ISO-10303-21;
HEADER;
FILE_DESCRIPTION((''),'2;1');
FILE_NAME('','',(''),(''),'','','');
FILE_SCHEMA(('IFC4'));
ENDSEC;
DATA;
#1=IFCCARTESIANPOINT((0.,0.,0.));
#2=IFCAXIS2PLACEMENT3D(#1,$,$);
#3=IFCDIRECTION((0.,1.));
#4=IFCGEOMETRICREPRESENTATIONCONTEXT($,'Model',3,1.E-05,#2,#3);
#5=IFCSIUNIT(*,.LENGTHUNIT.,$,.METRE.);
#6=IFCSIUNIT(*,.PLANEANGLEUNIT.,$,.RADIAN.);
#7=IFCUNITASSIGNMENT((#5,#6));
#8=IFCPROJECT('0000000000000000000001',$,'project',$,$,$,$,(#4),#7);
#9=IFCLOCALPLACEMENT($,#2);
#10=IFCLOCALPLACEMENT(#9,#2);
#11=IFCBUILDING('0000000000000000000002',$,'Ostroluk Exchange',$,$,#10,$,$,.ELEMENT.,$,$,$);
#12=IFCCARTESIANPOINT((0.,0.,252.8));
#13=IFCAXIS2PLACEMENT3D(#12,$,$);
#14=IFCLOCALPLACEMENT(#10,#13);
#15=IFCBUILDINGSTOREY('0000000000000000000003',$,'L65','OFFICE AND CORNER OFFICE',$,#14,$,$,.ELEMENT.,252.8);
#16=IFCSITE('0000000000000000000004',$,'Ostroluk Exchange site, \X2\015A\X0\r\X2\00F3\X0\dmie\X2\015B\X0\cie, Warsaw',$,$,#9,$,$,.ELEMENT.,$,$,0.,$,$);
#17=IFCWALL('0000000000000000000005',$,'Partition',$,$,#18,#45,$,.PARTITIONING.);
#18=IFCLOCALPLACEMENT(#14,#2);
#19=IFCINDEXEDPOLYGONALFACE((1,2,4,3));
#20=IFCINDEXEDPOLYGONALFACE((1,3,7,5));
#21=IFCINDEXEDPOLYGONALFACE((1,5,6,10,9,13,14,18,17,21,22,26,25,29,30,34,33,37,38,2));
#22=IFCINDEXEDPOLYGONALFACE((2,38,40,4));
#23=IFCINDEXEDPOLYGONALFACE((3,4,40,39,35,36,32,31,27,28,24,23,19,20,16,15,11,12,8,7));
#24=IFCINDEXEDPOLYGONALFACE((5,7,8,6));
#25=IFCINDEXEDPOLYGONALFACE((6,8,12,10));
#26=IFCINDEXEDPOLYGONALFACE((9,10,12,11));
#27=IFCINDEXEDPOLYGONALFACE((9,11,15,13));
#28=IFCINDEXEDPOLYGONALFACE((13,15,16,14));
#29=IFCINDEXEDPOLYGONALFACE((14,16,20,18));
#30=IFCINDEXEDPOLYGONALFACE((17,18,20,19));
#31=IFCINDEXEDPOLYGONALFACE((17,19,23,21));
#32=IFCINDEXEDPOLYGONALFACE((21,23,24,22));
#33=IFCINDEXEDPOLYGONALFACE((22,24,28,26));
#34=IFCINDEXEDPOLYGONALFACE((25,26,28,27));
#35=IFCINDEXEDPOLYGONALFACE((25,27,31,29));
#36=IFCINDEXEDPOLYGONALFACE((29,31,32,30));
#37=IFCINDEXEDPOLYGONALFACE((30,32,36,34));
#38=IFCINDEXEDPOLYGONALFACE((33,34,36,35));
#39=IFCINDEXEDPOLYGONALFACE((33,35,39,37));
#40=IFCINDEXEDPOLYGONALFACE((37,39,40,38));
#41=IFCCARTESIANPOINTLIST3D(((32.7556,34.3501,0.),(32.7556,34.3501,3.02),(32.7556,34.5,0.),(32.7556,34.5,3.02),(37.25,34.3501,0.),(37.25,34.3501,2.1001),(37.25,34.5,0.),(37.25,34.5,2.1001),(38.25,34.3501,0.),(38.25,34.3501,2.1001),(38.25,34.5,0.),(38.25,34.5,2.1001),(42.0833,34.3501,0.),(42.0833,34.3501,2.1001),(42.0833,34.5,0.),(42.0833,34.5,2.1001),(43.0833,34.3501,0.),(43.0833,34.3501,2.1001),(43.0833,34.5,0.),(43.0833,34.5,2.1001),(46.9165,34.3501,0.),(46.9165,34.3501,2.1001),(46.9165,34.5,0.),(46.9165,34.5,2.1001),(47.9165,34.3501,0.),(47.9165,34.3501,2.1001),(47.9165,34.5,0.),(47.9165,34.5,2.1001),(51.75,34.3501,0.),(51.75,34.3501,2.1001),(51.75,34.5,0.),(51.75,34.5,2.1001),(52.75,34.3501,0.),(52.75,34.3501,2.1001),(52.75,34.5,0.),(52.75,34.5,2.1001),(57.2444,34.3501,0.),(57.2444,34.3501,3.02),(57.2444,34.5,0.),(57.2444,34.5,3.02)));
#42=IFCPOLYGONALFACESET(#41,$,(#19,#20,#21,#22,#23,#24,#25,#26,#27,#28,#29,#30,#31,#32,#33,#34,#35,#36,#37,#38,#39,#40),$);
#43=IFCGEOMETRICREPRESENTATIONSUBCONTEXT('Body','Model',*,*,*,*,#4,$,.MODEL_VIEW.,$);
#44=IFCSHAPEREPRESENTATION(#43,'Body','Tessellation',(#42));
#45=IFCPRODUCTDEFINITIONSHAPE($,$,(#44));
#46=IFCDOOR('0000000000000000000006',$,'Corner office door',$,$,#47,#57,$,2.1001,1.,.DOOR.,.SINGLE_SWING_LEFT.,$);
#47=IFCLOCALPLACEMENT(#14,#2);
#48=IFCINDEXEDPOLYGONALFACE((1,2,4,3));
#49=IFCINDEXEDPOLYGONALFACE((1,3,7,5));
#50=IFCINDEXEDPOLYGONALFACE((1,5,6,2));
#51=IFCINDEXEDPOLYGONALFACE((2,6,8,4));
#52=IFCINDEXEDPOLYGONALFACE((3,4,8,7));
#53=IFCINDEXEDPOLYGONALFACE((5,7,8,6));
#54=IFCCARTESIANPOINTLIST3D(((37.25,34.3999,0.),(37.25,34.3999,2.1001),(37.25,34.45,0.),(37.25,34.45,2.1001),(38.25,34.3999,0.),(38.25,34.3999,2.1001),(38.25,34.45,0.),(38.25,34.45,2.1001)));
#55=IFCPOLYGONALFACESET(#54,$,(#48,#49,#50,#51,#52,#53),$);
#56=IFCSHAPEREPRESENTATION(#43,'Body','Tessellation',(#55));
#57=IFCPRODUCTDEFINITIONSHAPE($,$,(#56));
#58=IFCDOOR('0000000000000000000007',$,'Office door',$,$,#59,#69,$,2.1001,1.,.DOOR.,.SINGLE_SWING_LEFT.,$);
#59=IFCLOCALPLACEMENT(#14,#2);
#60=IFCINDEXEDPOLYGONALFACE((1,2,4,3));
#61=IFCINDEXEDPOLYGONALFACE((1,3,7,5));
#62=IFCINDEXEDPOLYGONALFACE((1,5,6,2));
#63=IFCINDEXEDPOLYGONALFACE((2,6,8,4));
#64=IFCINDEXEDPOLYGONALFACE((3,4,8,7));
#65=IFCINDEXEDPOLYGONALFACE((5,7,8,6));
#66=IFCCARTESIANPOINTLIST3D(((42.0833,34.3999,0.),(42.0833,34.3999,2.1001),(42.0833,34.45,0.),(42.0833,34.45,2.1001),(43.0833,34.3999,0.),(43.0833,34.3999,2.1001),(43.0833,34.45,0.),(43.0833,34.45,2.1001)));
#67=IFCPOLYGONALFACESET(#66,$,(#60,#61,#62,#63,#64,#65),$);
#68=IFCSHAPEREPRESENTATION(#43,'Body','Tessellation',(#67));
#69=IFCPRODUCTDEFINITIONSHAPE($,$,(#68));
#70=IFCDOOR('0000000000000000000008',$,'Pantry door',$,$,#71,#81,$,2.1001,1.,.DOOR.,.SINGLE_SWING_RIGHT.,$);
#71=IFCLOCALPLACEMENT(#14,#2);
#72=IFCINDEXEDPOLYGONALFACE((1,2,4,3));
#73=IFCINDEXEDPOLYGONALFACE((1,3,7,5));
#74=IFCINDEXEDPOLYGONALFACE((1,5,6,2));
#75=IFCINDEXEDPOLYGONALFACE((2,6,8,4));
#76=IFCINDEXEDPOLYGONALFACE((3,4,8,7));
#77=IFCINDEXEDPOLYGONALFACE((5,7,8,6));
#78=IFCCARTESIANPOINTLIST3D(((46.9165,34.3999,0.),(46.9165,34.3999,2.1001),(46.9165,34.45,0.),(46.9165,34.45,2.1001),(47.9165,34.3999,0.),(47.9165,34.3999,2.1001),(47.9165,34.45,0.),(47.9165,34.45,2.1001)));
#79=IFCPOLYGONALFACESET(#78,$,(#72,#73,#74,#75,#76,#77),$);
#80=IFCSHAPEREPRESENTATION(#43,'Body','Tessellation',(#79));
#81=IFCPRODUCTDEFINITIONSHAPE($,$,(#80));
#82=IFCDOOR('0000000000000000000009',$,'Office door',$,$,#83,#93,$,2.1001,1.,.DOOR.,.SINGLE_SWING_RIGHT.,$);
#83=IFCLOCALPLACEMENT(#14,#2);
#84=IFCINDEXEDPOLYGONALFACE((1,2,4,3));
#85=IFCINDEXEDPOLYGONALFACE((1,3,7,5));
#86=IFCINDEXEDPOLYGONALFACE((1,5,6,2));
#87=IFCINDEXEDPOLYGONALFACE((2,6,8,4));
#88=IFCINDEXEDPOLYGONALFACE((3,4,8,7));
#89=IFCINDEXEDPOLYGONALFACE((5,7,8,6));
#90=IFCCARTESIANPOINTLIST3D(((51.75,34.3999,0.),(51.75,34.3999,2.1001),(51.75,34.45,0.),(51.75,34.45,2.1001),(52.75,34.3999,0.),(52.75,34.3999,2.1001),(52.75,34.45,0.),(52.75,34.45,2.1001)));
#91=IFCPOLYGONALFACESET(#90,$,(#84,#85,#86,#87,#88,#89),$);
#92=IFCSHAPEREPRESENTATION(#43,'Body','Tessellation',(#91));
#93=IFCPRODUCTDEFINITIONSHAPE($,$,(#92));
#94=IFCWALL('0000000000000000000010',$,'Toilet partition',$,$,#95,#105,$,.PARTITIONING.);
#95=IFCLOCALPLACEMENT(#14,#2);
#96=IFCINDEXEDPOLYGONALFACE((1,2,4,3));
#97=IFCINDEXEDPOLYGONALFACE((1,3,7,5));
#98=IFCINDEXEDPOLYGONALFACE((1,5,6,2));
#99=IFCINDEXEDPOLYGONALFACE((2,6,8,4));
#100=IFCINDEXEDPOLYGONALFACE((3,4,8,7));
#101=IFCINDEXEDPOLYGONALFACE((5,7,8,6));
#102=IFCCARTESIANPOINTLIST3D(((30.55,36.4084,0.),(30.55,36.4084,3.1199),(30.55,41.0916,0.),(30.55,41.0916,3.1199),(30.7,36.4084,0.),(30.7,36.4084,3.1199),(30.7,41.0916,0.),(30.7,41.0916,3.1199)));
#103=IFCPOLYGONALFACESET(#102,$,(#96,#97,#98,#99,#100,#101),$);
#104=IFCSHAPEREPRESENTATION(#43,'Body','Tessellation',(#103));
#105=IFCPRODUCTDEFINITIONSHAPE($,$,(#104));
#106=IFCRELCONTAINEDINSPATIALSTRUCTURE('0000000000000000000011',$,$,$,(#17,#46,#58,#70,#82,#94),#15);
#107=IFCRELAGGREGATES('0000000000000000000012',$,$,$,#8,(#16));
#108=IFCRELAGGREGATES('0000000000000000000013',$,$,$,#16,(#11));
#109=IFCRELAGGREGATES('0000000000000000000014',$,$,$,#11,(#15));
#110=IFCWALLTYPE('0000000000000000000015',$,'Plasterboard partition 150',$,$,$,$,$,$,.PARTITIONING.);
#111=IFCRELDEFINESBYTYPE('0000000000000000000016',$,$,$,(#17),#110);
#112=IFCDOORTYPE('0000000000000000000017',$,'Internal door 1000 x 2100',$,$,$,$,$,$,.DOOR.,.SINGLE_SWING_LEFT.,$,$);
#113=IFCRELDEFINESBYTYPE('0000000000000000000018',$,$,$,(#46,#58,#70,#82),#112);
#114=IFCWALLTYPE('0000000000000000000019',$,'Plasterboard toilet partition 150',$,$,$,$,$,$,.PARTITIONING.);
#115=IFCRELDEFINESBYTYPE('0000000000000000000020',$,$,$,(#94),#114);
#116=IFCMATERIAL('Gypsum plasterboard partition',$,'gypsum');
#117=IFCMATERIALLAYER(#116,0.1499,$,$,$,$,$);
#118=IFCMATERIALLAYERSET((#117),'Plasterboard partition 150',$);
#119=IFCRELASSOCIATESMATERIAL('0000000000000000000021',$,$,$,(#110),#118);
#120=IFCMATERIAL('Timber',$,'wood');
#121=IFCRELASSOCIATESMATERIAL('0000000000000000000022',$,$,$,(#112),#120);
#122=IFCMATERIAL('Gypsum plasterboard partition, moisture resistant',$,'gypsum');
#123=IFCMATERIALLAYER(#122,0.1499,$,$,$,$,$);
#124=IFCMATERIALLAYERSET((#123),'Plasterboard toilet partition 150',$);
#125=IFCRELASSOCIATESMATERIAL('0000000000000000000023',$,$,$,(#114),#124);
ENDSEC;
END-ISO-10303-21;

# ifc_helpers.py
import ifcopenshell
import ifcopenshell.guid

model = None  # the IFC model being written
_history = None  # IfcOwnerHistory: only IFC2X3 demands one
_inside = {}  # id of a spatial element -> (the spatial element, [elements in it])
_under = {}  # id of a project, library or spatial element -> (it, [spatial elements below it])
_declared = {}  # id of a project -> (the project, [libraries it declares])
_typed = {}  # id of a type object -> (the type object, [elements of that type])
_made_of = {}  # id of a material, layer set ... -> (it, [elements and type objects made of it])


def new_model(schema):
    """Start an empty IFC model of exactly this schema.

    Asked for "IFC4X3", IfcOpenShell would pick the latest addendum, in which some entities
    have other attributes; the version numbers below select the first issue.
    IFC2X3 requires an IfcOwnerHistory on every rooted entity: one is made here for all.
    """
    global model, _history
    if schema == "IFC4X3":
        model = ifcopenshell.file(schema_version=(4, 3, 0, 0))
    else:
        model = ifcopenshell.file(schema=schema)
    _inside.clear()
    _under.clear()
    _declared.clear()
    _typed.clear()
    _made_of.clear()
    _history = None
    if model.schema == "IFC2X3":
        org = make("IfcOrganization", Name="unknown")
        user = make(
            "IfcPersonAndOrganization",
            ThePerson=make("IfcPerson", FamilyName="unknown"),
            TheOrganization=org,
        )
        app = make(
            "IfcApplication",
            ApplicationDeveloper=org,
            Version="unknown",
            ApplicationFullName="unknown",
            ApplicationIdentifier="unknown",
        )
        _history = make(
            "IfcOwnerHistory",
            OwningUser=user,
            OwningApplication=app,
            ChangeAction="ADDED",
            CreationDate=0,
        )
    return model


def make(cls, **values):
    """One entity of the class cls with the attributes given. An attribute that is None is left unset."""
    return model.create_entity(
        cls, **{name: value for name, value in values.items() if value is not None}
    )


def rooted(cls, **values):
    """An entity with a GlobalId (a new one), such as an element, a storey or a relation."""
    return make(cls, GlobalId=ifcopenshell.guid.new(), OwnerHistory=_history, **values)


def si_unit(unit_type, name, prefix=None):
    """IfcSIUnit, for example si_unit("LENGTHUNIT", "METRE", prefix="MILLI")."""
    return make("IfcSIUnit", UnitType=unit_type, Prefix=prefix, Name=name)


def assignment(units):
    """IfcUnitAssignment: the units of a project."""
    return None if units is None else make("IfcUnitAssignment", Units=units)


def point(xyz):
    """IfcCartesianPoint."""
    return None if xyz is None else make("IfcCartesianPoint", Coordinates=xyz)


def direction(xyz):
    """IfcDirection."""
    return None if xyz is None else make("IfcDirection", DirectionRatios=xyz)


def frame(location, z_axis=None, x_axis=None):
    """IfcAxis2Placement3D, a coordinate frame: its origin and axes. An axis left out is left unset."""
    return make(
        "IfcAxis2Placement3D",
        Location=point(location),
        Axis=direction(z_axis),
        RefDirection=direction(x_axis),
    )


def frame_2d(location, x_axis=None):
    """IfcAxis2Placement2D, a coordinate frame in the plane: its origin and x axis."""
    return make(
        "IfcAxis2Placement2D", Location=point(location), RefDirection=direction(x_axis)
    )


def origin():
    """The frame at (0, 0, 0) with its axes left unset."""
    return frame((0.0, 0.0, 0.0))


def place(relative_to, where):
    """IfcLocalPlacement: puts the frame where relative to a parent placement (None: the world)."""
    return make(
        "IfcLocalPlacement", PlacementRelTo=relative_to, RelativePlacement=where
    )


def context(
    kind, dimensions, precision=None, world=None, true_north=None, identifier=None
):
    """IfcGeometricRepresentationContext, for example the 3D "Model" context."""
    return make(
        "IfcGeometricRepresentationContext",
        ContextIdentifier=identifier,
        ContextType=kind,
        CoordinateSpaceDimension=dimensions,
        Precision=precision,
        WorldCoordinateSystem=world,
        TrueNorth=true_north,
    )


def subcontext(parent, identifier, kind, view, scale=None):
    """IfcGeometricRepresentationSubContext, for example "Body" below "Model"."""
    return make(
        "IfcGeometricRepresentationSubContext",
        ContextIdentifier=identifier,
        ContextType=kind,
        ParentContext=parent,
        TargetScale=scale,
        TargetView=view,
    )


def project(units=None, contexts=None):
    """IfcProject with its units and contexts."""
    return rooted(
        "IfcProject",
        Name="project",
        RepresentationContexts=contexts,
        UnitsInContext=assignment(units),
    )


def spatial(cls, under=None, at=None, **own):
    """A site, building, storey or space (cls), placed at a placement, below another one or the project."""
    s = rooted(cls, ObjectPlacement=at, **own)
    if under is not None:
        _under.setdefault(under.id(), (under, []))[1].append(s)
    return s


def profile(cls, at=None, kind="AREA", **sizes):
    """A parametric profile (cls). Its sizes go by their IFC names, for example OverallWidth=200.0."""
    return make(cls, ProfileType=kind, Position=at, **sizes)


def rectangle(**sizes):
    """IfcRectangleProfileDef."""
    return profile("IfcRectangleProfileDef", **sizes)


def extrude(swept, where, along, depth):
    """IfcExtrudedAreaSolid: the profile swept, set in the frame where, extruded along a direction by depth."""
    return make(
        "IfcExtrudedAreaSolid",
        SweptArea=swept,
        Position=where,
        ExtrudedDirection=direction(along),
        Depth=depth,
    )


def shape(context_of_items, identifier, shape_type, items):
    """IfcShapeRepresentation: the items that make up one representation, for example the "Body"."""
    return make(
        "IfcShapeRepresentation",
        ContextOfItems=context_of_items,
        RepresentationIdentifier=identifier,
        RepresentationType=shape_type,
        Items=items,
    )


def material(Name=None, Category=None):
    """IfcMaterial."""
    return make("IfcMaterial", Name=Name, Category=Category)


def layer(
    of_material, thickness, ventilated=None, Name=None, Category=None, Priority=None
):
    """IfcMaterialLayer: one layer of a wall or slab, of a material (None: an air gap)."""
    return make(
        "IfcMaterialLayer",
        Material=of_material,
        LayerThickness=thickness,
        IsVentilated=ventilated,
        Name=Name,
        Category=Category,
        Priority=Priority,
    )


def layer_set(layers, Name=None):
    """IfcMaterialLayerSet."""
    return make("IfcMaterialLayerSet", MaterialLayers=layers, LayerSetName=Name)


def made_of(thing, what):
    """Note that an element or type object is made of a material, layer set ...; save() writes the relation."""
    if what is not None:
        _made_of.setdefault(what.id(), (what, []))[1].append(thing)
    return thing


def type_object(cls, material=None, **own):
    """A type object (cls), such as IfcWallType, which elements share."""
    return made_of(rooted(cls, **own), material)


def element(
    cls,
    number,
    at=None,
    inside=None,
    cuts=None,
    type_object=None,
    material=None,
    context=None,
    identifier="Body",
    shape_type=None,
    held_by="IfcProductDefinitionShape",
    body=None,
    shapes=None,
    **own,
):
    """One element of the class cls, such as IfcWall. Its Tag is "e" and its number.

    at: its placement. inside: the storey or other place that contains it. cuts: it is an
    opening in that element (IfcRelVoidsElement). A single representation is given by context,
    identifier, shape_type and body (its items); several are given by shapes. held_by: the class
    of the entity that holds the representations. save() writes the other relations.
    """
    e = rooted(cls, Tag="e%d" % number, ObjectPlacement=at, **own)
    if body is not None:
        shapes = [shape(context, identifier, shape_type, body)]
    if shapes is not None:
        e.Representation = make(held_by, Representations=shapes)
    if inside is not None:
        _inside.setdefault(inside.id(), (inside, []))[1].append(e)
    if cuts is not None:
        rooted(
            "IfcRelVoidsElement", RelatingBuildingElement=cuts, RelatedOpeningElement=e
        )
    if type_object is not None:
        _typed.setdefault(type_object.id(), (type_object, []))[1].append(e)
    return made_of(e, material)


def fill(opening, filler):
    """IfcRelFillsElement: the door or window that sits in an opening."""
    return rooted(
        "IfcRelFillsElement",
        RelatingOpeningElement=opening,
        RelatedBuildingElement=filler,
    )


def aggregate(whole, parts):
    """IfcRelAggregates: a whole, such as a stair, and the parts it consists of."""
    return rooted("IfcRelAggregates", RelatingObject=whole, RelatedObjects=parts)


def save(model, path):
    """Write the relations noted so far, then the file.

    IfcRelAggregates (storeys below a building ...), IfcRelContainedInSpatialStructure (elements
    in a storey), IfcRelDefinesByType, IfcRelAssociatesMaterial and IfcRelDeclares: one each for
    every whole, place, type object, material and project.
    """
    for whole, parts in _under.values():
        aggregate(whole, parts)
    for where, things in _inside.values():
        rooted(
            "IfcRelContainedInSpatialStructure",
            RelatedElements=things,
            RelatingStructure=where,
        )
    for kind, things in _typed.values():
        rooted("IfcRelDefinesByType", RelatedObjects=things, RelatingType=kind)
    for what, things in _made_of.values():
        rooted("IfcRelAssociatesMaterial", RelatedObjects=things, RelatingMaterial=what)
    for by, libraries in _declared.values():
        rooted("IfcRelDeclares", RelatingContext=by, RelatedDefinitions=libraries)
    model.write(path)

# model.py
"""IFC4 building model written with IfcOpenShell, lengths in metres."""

from ifc_helpers import new_model, si_unit, direction, frame, frame_2d, origin, place, context, subcontext, project, spatial, rectangle, extrude, material, layer, layer_set, type_object, element, fill, save


model = new_model("IFC4")

# Units and contexts
model_context = context("Model", 3, precision=1e-05, world=origin(), true_north=direction((0.0, 1.0)))
body_context = subcontext(model_context, "Body", "Model", "MODEL_VIEW")
ifc_project = project(units=[si_unit("LENGTHUNIT", "METRE"), si_unit("PLANEANGLEUNIT", "RADIAN")], contexts=[model_context])

# Site, building, storey
site_placement = place(None, origin())
site = spatial("IfcSite", under=ifc_project, at=site_placement, Name="Ostroluk Exchange site, Śródmieście, Warsaw", CompositionType="ELEMENT", RefElevation=0.0)
building_placement = place(site_placement, origin())
building = spatial("IfcBuilding", under=site, at=building_placement, Name="Ostroluk Exchange", CompositionType="ELEMENT")
storey_placement = place(building_placement, frame((0.0, 0.0, 252.8)))
storey = spatial("IfcBuildingStorey", under=building, at=storey_placement, Name="L65", Description="OFFICE AND CORNER OFFICE", CompositionType="ELEMENT", Elevation=252.8)

# Shared definitions
ifc_material_1 = material(Name="Gypsum plasterboard partition", Category="gypsum")
ifc_layer_1 = layer(ifc_material_1, 0.1499)
ifc_layer_set_1 = layer_set([ifc_layer_1], Name="Plasterboard partition 150")
wall_type_1 = type_object("IfcWallType", Name="Plasterboard partition 150", PredefinedType="PARTITIONING", material=ifc_layer_set_1)

# Wall, openings, doors
wall_1_placement = place(storey_placement, frame((32.7556, 34.425, 0.0), z_axis=(0.0, 0.0, 1.0), x_axis=(1.0, 0.0, 0.0)))
wall_1 = element("IfcWall", 1, at=wall_1_placement, inside=storey, type_object=wall_type_1, Name="Partition", PredefinedType="PARTITIONING", context=body_context, shape_type="SweptSolid", body=[
    extrude(rectangle(XDim=24.4888, YDim=0.1499, at=frame_2d((12.2444, 0.0))), origin(), (0.0, 0.0, 1.0), 3.02),
])
opening_1_placement = place(wall_1_placement, frame((4.4944, 0.0, 0.0)))
opening_1 = element("IfcOpeningElement", 2, at=opening_1_placement, cuts=wall_1, PredefinedType="OPENING", context=body_context, shape_type="SweptSolid", body=[
    extrude(rectangle(XDim=1.0, YDim=2.1001, at=frame_2d((0.5, 1.05))), frame((0.0, 0.085, 0.0), z_axis=(0.0, -1.0, 0.0), x_axis=(1.0, 0.0, 0.0)), (0.0, 0.0, 1.0), 0.1699),
])
opening_2_placement = place(wall_1_placement, frame((9.3276, 0.0, 0.0)))
opening_2 = element("IfcOpeningElement", 3, at=opening_2_placement, cuts=wall_1, PredefinedType="OPENING", context=body_context, shape_type="SweptSolid", body=[
    extrude(rectangle(XDim=1.0, YDim=2.1001, at=frame_2d((0.5, 1.05))), frame((0.0, 0.085, 0.0), z_axis=(0.0, -1.0, 0.0), x_axis=(1.0, 0.0, 0.0)), (0.0, 0.0, 1.0), 0.1699),
])
opening_3_placement = place(wall_1_placement, frame((14.1609, 0.0, 0.0)))
opening_3 = element("IfcOpeningElement", 4, at=opening_3_placement, cuts=wall_1, PredefinedType="OPENING", context=body_context, shape_type="SweptSolid", body=[
    extrude(rectangle(XDim=1.0, YDim=2.1001, at=frame_2d((0.5, 1.05))), frame((0.0, 0.085, 0.0), z_axis=(0.0, -1.0, 0.0), x_axis=(1.0, 0.0, 0.0)), (0.0, 0.0, 1.0), 0.1699),
])
opening_4_placement = place(wall_1_placement, frame((18.9944, 0.0, 0.0)))
opening_4 = element("IfcOpeningElement", 5, at=opening_4_placement, cuts=wall_1, PredefinedType="OPENING", context=body_context, shape_type="SweptSolid", body=[
    extrude(rectangle(XDim=1.0, YDim=2.1001, at=frame_2d((0.5, 1.05))), frame((0.0, 0.085, 0.0), z_axis=(0.0, -1.0, 0.0), x_axis=(1.0, 0.0, 0.0)), (0.0, 0.0, 1.0), 0.1699),
])
ifc_material_2 = material(Name="Timber", Category="wood")
door_type = type_object("IfcDoorType", Name="Internal door 1000 x 2100", OperationType="SINGLE_SWING_LEFT", PredefinedType="DOOR", material=ifc_material_2)
door_1_placement = place(opening_1_placement, origin())
door_1 = element("IfcDoor", 6, at=door_1_placement, inside=storey, type_object=door_type, Name="Corner office door", OperationType="SINGLE_SWING_LEFT", OverallHeight=2.1001, OverallWidth=1.0, PredefinedType="DOOR", context=body_context, shape_type="SweptSolid", body=[
    extrude(rectangle(XDim=1.0, YDim=2.1001, at=frame_2d((0.5, 1.05))), frame((0.0, 0.0249, 0.0), z_axis=(0.0, -1.0, 0.0), x_axis=(1.0, 0.0, 0.0)), (0.0, 0.0, 1.0), 0.05),
])
fill(opening_1, door_1)
door_2_placement = place(opening_2_placement, origin())
door_2 = element("IfcDoor", 7, at=door_2_placement, inside=storey, type_object=door_type, Name="Office door", OperationType="SINGLE_SWING_LEFT", OverallHeight=2.1001, OverallWidth=1.0, PredefinedType="DOOR", context=body_context, shape_type="SweptSolid", body=[
    extrude(rectangle(XDim=1.0, YDim=2.1001, at=frame_2d((0.5, 1.05))), frame((0.0, 0.0249, 0.0), z_axis=(0.0, -1.0, 0.0), x_axis=(1.0, 0.0, 0.0)), (0.0, 0.0, 1.0), 0.05),
])
fill(opening_2, door_2)
door_3_placement = place(opening_3_placement, origin())
door_3 = element("IfcDoor", 8, at=door_3_placement, inside=storey, type_object=door_type, Name="Pantry door", OperationType="SINGLE_SWING_RIGHT", OverallHeight=2.1001, OverallWidth=1.0, PredefinedType="DOOR", context=body_context, shape_type="SweptSolid", body=[
    extrude(rectangle(XDim=1.0, YDim=2.1001, at=frame_2d((0.5, 1.05))), frame((0.0, 0.0249, 0.0), z_axis=(0.0, -1.0, 0.0), x_axis=(1.0, 0.0, 0.0)), (0.0, 0.0, 1.0), 0.05),
])
fill(opening_3, door_3)
door_4_placement = place(opening_4_placement, origin())
door_4 = element("IfcDoor", 9, at=door_4_placement, inside=storey, type_object=door_type, Name="Office door", OperationType="SINGLE_SWING_RIGHT", OverallHeight=2.1001, OverallWidth=1.0, PredefinedType="DOOR", context=body_context, shape_type="SweptSolid", body=[
    extrude(rectangle(XDim=1.0, YDim=2.1001, at=frame_2d((0.5, 1.05))), frame((0.0, 0.0249, 0.0), z_axis=(0.0, -1.0, 0.0), x_axis=(1.0, 0.0, 0.0)), (0.0, 0.0, 1.0), 0.05),
])
fill(opening_4, door_4)

# Wall
ifc_material_3 = material(Name="Gypsum plasterboard partition, moisture resistant", Category="gypsum")
ifc_layer_2 = layer(ifc_material_3, 0.1499)
ifc_layer_set_2 = layer_set([ifc_layer_2], Name="Plasterboard toilet partition 150")
wall_type_2 = type_object("IfcWallType", Name="Plasterboard toilet partition 150", PredefinedType="PARTITIONING", material=ifc_layer_set_2)
wall_2_placement = place(storey_placement, frame((30.625, 41.0916, 0.0), z_axis=(0.0, 0.0, 1.0), x_axis=(0.0, -1.0, 0.0)))
element("IfcWall", 10, at=wall_2_placement, inside=storey, type_object=wall_type_2, Name="Toilet partition", PredefinedType="PARTITIONING", context=body_context, shape_type="SweptSolid", body=[
    extrude(rectangle(XDim=4.6831, YDim=0.1499, at=frame_2d((2.3416, 0.0))), origin(), (0.0, 0.0, 1.0), 3.1199),
])

save(model, "model.ifc")
